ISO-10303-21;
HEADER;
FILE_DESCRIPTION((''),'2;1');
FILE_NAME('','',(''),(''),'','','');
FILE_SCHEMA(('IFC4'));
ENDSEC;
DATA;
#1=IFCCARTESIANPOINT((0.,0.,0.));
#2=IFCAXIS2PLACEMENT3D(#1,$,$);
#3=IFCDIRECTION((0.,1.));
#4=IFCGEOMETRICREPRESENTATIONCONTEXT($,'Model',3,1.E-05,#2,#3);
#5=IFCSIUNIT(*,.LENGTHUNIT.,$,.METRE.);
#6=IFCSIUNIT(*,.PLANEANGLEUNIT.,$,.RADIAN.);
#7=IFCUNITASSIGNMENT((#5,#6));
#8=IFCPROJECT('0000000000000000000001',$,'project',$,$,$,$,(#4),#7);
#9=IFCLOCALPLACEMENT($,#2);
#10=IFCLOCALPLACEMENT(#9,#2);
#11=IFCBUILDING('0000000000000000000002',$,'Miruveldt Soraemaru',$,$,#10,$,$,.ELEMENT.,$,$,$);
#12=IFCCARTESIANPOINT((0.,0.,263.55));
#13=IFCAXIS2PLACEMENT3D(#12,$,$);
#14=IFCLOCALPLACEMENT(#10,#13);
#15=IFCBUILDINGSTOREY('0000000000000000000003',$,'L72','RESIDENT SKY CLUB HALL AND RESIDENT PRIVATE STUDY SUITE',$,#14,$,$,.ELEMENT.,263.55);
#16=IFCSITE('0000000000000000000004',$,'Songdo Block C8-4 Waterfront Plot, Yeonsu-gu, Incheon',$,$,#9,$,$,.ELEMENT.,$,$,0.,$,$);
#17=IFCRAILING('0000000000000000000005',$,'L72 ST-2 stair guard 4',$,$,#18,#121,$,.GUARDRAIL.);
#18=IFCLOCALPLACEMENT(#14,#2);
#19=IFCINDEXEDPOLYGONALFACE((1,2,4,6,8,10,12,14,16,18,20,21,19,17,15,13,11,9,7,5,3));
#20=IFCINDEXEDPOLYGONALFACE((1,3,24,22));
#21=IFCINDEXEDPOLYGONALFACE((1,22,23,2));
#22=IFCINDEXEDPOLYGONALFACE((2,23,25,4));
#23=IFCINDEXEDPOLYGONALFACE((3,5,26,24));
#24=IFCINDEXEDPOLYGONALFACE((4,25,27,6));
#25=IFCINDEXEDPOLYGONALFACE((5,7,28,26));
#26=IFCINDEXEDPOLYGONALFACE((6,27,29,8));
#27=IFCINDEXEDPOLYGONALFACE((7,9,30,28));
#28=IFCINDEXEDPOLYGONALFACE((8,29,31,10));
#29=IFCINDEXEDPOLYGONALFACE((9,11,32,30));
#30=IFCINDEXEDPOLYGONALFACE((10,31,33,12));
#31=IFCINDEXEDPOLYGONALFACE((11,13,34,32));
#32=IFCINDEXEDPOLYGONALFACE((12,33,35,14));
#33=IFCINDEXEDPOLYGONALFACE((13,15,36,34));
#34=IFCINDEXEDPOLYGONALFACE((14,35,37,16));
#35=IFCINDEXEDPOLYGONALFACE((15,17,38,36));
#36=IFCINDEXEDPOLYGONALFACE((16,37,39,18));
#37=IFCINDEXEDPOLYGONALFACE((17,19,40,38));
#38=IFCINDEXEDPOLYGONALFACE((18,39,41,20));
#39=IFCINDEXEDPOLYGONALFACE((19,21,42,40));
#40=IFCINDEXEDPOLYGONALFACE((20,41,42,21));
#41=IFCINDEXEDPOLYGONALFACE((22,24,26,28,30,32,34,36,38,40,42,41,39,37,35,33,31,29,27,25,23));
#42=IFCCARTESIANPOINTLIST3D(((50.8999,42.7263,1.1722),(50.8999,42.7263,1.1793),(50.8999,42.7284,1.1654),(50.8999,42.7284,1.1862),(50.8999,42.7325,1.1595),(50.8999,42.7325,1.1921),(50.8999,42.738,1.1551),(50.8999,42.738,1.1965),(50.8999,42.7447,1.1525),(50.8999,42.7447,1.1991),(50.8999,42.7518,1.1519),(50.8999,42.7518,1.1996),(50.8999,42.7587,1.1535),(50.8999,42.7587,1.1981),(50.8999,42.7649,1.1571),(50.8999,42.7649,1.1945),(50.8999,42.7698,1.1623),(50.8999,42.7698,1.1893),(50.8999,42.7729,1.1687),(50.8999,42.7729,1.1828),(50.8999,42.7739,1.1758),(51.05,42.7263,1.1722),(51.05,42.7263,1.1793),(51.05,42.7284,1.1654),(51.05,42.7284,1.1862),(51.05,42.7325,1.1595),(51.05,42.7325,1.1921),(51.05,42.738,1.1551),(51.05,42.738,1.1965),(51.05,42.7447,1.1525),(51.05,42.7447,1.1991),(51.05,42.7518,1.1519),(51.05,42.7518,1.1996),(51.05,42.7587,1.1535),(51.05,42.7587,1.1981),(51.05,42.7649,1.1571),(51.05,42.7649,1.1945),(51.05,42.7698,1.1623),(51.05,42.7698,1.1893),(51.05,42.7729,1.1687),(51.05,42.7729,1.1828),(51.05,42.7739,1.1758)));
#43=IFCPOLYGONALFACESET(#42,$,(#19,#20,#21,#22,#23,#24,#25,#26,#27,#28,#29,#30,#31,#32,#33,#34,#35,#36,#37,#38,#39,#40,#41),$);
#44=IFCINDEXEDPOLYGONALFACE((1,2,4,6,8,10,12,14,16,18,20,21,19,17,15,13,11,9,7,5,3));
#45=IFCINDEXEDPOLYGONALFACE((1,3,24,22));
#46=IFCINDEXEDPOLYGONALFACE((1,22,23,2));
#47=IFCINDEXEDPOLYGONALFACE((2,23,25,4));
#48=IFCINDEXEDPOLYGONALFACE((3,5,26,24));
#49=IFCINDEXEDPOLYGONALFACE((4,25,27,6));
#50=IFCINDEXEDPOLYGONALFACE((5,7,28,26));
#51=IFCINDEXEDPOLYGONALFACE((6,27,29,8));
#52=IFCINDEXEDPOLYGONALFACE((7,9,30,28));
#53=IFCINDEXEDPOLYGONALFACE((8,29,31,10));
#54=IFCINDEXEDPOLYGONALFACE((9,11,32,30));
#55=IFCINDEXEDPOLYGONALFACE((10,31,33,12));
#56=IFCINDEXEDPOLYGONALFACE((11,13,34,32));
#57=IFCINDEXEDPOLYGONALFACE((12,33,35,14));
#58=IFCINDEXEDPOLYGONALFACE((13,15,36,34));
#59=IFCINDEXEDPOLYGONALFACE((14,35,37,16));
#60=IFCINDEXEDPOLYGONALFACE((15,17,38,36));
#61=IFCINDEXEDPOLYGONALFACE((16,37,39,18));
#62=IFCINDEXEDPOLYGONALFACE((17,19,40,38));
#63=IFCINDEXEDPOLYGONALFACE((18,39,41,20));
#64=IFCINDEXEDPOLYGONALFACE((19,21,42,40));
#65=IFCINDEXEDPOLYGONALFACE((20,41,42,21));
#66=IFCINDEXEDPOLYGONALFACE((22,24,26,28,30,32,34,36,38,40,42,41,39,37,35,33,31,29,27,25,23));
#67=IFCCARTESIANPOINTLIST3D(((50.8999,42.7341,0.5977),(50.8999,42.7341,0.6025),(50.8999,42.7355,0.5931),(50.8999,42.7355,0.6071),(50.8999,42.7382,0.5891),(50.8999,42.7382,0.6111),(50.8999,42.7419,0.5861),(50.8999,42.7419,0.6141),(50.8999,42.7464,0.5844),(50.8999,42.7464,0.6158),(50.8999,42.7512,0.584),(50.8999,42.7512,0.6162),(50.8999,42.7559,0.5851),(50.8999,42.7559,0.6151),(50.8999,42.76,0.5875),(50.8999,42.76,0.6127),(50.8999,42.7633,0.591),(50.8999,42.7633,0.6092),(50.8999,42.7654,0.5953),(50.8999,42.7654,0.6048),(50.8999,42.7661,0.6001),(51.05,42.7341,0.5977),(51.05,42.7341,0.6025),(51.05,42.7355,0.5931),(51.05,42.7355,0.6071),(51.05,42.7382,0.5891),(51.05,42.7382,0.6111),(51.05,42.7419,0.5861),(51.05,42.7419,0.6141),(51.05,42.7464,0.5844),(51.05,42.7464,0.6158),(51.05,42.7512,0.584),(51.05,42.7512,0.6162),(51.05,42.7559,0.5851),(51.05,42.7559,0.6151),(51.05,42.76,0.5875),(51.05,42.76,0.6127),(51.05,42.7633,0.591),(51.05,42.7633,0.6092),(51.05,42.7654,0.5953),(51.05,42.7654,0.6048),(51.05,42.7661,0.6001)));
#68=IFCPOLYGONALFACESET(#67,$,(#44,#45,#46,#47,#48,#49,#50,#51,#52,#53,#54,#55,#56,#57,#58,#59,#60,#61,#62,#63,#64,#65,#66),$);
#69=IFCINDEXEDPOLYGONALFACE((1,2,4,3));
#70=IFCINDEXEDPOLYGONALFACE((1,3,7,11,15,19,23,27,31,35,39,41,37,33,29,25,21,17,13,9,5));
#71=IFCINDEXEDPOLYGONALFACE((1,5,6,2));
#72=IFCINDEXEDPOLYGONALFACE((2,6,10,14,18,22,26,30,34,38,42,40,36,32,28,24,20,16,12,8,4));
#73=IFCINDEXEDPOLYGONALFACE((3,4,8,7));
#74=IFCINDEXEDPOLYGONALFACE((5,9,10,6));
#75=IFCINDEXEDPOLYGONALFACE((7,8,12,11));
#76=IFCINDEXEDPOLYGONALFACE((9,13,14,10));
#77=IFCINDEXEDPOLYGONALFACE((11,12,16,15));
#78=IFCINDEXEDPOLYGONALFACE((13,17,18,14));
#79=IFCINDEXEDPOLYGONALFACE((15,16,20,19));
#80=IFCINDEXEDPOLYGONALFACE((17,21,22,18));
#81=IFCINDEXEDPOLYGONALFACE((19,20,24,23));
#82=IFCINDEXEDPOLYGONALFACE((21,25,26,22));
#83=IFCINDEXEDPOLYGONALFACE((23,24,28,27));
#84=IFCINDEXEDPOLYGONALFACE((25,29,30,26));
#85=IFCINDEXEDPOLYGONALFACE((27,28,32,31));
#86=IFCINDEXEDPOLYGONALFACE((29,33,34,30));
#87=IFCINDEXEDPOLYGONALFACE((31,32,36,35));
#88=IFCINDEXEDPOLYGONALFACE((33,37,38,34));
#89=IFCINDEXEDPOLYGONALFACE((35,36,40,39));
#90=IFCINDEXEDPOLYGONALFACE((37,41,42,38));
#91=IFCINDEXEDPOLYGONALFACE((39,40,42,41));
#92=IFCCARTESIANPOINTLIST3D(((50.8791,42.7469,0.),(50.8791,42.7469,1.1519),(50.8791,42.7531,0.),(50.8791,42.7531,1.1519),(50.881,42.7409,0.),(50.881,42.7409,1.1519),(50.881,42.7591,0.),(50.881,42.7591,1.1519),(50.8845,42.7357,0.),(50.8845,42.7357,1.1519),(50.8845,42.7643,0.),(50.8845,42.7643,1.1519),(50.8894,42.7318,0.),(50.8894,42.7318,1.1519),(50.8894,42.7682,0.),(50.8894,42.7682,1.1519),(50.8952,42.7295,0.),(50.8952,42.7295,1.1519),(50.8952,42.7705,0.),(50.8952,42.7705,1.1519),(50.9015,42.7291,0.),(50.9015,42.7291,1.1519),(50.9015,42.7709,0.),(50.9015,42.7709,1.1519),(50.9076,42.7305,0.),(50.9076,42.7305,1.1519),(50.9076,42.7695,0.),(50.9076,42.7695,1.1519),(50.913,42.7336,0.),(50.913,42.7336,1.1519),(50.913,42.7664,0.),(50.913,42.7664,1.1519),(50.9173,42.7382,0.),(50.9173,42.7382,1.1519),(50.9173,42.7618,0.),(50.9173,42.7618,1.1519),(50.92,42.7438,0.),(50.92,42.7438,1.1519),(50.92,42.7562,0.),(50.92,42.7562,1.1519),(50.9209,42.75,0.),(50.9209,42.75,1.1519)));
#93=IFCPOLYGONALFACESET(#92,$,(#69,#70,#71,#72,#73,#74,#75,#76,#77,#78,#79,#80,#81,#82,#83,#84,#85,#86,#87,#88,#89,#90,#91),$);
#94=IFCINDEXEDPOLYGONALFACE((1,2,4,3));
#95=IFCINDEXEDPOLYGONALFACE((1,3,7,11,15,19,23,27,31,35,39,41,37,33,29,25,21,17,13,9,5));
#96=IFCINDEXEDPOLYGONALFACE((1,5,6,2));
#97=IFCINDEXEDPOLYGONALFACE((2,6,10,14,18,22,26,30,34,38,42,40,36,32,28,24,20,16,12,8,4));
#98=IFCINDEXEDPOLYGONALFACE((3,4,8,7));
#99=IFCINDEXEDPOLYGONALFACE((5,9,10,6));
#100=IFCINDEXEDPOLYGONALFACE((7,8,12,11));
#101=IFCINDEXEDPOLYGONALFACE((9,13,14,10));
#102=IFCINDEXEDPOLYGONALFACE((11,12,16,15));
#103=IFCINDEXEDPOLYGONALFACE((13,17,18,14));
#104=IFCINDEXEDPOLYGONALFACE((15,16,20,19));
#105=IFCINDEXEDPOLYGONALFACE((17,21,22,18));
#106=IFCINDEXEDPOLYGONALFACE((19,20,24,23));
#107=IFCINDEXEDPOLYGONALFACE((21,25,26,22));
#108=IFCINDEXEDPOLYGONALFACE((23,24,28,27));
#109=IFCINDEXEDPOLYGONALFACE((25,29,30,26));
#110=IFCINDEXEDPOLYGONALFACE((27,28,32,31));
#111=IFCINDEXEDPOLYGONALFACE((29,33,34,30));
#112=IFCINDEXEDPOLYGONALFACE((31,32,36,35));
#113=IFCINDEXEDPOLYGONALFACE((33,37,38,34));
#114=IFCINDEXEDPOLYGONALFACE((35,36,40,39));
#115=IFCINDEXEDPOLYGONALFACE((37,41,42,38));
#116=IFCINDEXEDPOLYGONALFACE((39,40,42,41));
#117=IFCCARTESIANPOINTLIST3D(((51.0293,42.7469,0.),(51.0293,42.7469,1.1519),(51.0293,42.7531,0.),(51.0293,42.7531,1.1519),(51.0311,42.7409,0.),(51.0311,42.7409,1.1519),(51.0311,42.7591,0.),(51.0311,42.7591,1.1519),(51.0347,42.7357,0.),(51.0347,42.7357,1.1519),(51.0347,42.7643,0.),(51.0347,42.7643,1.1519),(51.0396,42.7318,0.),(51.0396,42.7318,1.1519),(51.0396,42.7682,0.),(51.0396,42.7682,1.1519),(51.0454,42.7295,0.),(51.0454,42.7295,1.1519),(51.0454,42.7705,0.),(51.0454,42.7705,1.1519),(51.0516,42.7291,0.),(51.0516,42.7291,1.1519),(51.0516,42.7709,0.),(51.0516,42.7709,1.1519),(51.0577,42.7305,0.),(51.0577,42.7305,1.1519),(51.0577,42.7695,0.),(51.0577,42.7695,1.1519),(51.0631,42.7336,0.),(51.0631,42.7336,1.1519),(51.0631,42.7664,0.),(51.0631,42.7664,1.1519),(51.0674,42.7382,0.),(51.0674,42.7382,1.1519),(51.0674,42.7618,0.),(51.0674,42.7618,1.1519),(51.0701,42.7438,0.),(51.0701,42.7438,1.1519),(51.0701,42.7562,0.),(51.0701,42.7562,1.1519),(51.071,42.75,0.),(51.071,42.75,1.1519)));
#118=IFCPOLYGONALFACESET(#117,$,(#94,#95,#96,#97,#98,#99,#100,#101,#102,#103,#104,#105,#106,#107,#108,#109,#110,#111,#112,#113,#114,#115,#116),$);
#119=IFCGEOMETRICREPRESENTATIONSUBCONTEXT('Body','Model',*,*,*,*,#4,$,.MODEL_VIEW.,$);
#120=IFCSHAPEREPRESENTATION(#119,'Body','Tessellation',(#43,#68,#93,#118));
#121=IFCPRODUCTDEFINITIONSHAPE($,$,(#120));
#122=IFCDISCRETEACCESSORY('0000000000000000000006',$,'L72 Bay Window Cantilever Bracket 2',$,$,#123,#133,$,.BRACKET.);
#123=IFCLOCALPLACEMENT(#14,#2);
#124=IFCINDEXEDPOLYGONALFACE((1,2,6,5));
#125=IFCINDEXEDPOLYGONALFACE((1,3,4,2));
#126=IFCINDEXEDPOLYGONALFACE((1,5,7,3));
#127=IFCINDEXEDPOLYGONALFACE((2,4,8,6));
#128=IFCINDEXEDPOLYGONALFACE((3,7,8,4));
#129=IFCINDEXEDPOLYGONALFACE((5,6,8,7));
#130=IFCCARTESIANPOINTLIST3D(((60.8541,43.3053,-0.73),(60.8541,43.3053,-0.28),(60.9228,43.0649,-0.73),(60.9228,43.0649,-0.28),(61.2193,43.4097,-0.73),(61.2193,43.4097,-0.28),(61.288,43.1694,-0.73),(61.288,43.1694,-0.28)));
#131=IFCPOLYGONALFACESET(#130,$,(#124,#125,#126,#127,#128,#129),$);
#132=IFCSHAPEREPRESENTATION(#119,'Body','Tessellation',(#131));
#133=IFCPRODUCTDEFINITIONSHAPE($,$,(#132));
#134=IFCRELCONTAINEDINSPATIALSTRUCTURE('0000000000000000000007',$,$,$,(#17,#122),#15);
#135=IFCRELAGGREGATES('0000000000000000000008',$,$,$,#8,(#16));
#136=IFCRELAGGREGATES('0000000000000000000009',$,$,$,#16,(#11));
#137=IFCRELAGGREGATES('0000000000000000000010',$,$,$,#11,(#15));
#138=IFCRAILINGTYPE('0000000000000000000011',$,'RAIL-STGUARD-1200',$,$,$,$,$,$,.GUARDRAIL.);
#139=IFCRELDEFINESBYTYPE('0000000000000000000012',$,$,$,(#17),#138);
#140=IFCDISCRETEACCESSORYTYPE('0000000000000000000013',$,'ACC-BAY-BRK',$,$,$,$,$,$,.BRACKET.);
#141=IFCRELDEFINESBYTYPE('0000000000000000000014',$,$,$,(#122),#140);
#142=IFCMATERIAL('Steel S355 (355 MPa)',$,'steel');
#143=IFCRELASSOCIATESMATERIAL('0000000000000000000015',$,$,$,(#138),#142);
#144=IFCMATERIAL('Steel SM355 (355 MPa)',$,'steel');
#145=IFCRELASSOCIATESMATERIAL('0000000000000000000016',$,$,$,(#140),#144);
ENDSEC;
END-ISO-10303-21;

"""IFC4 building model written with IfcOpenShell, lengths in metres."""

from ifc_helpers import new_model, si_unit, direction, frame, origin, origin_2d, place, context, subcontext, project, spatial, rectangle, circle, extrude, material, type_object, element, save


model = new_model("IFC4")

# Units and contexts
model_context = context("Model", 3, precision=1e-05, world=origin(), true_north=direction((0.0, 1.0)))
body_context = subcontext(model_context, "Body", "Model", "MODEL_VIEW")
ifc_project = project(units=[si_unit("LENGTHUNIT", "METRE"), si_unit("PLANEANGLEUNIT", "RADIAN")], contexts=[model_context])

# Site, building, storey
site_placement = place(None, origin())
site = spatial("IfcSite", under=ifc_project, at=site_placement, Name="Songdo Block C8-4 Waterfront Plot, Yeonsu-gu, Incheon", CompositionType="ELEMENT", RefElevation=0.0)
building_placement = place(site_placement, origin())
building = spatial("IfcBuilding", under=site, at=building_placement, Name="Miruveldt Soraemaru", CompositionType="ELEMENT")
storey_placement = place(building_placement, frame((0.0, 0.0, 263.55)))
storey = spatial("IfcBuildingStorey", under=building, at=storey_placement, Name="L72", Description="RESIDENT SKY CLUB HALL AND RESIDENT PRIVATE STUDY SUITE", CompositionType="ELEMENT", Elevation=263.55)

# Railing
ifc_material_1 = material(Name="Steel S355 (355 MPa)", Category="steel")
railing_type_1 = type_object("IfcRailingType", Name="RAIL-STGUARD-1200", PredefinedType="GUARDRAIL", material=ifc_material_1)
railing_1_placement = place(storey_placement, frame((50.8999, 42.75, 0.0)))
element("IfcRailing", 1, at=railing_1_placement, inside=storey, type_object=railing_type_1, Name="L72 ST-2 stair guard 4", PredefinedType="GUARDRAIL", context=body_context, shape_type="SweptSolid", body=[
    extrude(circle(Radius=0.0239, at=origin_2d()), frame((0.0, 0.0, 1.1758), z_axis=(1.0, 0.0, 0.0), x_axis=(0.0, 1.0, 0.0)), (0.0, 0.0, 1.0), 0.1501),
    extrude(circle(Radius=0.0161, at=origin_2d()), frame((0.0, 0.0, 0.6001), z_axis=(1.0, 0.0, 0.0), x_axis=(0.0, 1.0, 0.0)), (0.0, 0.0, 1.0), 0.1501),
    extrude(circle(Radius=0.021, at=origin_2d()), origin(), (0.0, 0.0, 1.0), 1.1519),
    extrude(circle(Radius=0.021, at=origin_2d()), frame((0.1501, 0.0, 0.0)), (0.0, 0.0, 1.0), 1.1519),
])

# Discrete accessory
ifc_material_2 = material(Name="Steel SM355 (355 MPa)", Category="steel")
discrete_accessory_type = type_object("IfcDiscreteAccessoryType", Name="ACC-BAY-BRK", PredefinedType="BRACKET", material=ifc_material_2)
discrete_accessory_placement = place(storey_placement, frame((61.071, 43.2373, -0.73), z_axis=(0.0, 0.0, 1.0), x_axis=(0.961454, 0.274966, 0.0)))
element("IfcDiscreteAccessory", 2, at=discrete_accessory_placement, inside=storey, type_object=discrete_accessory_type, Name="L72 Bay Window Cantilever Bracket 2", PredefinedType="BRACKET", context=body_context, shape_type="SweptSolid", body=[
    extrude(rectangle(XDim=0.3799, YDim=0.25, at=origin_2d()), origin(), (0.0, 0.0, 1.0), 0.45),
])

save(model, "model.ifc")
